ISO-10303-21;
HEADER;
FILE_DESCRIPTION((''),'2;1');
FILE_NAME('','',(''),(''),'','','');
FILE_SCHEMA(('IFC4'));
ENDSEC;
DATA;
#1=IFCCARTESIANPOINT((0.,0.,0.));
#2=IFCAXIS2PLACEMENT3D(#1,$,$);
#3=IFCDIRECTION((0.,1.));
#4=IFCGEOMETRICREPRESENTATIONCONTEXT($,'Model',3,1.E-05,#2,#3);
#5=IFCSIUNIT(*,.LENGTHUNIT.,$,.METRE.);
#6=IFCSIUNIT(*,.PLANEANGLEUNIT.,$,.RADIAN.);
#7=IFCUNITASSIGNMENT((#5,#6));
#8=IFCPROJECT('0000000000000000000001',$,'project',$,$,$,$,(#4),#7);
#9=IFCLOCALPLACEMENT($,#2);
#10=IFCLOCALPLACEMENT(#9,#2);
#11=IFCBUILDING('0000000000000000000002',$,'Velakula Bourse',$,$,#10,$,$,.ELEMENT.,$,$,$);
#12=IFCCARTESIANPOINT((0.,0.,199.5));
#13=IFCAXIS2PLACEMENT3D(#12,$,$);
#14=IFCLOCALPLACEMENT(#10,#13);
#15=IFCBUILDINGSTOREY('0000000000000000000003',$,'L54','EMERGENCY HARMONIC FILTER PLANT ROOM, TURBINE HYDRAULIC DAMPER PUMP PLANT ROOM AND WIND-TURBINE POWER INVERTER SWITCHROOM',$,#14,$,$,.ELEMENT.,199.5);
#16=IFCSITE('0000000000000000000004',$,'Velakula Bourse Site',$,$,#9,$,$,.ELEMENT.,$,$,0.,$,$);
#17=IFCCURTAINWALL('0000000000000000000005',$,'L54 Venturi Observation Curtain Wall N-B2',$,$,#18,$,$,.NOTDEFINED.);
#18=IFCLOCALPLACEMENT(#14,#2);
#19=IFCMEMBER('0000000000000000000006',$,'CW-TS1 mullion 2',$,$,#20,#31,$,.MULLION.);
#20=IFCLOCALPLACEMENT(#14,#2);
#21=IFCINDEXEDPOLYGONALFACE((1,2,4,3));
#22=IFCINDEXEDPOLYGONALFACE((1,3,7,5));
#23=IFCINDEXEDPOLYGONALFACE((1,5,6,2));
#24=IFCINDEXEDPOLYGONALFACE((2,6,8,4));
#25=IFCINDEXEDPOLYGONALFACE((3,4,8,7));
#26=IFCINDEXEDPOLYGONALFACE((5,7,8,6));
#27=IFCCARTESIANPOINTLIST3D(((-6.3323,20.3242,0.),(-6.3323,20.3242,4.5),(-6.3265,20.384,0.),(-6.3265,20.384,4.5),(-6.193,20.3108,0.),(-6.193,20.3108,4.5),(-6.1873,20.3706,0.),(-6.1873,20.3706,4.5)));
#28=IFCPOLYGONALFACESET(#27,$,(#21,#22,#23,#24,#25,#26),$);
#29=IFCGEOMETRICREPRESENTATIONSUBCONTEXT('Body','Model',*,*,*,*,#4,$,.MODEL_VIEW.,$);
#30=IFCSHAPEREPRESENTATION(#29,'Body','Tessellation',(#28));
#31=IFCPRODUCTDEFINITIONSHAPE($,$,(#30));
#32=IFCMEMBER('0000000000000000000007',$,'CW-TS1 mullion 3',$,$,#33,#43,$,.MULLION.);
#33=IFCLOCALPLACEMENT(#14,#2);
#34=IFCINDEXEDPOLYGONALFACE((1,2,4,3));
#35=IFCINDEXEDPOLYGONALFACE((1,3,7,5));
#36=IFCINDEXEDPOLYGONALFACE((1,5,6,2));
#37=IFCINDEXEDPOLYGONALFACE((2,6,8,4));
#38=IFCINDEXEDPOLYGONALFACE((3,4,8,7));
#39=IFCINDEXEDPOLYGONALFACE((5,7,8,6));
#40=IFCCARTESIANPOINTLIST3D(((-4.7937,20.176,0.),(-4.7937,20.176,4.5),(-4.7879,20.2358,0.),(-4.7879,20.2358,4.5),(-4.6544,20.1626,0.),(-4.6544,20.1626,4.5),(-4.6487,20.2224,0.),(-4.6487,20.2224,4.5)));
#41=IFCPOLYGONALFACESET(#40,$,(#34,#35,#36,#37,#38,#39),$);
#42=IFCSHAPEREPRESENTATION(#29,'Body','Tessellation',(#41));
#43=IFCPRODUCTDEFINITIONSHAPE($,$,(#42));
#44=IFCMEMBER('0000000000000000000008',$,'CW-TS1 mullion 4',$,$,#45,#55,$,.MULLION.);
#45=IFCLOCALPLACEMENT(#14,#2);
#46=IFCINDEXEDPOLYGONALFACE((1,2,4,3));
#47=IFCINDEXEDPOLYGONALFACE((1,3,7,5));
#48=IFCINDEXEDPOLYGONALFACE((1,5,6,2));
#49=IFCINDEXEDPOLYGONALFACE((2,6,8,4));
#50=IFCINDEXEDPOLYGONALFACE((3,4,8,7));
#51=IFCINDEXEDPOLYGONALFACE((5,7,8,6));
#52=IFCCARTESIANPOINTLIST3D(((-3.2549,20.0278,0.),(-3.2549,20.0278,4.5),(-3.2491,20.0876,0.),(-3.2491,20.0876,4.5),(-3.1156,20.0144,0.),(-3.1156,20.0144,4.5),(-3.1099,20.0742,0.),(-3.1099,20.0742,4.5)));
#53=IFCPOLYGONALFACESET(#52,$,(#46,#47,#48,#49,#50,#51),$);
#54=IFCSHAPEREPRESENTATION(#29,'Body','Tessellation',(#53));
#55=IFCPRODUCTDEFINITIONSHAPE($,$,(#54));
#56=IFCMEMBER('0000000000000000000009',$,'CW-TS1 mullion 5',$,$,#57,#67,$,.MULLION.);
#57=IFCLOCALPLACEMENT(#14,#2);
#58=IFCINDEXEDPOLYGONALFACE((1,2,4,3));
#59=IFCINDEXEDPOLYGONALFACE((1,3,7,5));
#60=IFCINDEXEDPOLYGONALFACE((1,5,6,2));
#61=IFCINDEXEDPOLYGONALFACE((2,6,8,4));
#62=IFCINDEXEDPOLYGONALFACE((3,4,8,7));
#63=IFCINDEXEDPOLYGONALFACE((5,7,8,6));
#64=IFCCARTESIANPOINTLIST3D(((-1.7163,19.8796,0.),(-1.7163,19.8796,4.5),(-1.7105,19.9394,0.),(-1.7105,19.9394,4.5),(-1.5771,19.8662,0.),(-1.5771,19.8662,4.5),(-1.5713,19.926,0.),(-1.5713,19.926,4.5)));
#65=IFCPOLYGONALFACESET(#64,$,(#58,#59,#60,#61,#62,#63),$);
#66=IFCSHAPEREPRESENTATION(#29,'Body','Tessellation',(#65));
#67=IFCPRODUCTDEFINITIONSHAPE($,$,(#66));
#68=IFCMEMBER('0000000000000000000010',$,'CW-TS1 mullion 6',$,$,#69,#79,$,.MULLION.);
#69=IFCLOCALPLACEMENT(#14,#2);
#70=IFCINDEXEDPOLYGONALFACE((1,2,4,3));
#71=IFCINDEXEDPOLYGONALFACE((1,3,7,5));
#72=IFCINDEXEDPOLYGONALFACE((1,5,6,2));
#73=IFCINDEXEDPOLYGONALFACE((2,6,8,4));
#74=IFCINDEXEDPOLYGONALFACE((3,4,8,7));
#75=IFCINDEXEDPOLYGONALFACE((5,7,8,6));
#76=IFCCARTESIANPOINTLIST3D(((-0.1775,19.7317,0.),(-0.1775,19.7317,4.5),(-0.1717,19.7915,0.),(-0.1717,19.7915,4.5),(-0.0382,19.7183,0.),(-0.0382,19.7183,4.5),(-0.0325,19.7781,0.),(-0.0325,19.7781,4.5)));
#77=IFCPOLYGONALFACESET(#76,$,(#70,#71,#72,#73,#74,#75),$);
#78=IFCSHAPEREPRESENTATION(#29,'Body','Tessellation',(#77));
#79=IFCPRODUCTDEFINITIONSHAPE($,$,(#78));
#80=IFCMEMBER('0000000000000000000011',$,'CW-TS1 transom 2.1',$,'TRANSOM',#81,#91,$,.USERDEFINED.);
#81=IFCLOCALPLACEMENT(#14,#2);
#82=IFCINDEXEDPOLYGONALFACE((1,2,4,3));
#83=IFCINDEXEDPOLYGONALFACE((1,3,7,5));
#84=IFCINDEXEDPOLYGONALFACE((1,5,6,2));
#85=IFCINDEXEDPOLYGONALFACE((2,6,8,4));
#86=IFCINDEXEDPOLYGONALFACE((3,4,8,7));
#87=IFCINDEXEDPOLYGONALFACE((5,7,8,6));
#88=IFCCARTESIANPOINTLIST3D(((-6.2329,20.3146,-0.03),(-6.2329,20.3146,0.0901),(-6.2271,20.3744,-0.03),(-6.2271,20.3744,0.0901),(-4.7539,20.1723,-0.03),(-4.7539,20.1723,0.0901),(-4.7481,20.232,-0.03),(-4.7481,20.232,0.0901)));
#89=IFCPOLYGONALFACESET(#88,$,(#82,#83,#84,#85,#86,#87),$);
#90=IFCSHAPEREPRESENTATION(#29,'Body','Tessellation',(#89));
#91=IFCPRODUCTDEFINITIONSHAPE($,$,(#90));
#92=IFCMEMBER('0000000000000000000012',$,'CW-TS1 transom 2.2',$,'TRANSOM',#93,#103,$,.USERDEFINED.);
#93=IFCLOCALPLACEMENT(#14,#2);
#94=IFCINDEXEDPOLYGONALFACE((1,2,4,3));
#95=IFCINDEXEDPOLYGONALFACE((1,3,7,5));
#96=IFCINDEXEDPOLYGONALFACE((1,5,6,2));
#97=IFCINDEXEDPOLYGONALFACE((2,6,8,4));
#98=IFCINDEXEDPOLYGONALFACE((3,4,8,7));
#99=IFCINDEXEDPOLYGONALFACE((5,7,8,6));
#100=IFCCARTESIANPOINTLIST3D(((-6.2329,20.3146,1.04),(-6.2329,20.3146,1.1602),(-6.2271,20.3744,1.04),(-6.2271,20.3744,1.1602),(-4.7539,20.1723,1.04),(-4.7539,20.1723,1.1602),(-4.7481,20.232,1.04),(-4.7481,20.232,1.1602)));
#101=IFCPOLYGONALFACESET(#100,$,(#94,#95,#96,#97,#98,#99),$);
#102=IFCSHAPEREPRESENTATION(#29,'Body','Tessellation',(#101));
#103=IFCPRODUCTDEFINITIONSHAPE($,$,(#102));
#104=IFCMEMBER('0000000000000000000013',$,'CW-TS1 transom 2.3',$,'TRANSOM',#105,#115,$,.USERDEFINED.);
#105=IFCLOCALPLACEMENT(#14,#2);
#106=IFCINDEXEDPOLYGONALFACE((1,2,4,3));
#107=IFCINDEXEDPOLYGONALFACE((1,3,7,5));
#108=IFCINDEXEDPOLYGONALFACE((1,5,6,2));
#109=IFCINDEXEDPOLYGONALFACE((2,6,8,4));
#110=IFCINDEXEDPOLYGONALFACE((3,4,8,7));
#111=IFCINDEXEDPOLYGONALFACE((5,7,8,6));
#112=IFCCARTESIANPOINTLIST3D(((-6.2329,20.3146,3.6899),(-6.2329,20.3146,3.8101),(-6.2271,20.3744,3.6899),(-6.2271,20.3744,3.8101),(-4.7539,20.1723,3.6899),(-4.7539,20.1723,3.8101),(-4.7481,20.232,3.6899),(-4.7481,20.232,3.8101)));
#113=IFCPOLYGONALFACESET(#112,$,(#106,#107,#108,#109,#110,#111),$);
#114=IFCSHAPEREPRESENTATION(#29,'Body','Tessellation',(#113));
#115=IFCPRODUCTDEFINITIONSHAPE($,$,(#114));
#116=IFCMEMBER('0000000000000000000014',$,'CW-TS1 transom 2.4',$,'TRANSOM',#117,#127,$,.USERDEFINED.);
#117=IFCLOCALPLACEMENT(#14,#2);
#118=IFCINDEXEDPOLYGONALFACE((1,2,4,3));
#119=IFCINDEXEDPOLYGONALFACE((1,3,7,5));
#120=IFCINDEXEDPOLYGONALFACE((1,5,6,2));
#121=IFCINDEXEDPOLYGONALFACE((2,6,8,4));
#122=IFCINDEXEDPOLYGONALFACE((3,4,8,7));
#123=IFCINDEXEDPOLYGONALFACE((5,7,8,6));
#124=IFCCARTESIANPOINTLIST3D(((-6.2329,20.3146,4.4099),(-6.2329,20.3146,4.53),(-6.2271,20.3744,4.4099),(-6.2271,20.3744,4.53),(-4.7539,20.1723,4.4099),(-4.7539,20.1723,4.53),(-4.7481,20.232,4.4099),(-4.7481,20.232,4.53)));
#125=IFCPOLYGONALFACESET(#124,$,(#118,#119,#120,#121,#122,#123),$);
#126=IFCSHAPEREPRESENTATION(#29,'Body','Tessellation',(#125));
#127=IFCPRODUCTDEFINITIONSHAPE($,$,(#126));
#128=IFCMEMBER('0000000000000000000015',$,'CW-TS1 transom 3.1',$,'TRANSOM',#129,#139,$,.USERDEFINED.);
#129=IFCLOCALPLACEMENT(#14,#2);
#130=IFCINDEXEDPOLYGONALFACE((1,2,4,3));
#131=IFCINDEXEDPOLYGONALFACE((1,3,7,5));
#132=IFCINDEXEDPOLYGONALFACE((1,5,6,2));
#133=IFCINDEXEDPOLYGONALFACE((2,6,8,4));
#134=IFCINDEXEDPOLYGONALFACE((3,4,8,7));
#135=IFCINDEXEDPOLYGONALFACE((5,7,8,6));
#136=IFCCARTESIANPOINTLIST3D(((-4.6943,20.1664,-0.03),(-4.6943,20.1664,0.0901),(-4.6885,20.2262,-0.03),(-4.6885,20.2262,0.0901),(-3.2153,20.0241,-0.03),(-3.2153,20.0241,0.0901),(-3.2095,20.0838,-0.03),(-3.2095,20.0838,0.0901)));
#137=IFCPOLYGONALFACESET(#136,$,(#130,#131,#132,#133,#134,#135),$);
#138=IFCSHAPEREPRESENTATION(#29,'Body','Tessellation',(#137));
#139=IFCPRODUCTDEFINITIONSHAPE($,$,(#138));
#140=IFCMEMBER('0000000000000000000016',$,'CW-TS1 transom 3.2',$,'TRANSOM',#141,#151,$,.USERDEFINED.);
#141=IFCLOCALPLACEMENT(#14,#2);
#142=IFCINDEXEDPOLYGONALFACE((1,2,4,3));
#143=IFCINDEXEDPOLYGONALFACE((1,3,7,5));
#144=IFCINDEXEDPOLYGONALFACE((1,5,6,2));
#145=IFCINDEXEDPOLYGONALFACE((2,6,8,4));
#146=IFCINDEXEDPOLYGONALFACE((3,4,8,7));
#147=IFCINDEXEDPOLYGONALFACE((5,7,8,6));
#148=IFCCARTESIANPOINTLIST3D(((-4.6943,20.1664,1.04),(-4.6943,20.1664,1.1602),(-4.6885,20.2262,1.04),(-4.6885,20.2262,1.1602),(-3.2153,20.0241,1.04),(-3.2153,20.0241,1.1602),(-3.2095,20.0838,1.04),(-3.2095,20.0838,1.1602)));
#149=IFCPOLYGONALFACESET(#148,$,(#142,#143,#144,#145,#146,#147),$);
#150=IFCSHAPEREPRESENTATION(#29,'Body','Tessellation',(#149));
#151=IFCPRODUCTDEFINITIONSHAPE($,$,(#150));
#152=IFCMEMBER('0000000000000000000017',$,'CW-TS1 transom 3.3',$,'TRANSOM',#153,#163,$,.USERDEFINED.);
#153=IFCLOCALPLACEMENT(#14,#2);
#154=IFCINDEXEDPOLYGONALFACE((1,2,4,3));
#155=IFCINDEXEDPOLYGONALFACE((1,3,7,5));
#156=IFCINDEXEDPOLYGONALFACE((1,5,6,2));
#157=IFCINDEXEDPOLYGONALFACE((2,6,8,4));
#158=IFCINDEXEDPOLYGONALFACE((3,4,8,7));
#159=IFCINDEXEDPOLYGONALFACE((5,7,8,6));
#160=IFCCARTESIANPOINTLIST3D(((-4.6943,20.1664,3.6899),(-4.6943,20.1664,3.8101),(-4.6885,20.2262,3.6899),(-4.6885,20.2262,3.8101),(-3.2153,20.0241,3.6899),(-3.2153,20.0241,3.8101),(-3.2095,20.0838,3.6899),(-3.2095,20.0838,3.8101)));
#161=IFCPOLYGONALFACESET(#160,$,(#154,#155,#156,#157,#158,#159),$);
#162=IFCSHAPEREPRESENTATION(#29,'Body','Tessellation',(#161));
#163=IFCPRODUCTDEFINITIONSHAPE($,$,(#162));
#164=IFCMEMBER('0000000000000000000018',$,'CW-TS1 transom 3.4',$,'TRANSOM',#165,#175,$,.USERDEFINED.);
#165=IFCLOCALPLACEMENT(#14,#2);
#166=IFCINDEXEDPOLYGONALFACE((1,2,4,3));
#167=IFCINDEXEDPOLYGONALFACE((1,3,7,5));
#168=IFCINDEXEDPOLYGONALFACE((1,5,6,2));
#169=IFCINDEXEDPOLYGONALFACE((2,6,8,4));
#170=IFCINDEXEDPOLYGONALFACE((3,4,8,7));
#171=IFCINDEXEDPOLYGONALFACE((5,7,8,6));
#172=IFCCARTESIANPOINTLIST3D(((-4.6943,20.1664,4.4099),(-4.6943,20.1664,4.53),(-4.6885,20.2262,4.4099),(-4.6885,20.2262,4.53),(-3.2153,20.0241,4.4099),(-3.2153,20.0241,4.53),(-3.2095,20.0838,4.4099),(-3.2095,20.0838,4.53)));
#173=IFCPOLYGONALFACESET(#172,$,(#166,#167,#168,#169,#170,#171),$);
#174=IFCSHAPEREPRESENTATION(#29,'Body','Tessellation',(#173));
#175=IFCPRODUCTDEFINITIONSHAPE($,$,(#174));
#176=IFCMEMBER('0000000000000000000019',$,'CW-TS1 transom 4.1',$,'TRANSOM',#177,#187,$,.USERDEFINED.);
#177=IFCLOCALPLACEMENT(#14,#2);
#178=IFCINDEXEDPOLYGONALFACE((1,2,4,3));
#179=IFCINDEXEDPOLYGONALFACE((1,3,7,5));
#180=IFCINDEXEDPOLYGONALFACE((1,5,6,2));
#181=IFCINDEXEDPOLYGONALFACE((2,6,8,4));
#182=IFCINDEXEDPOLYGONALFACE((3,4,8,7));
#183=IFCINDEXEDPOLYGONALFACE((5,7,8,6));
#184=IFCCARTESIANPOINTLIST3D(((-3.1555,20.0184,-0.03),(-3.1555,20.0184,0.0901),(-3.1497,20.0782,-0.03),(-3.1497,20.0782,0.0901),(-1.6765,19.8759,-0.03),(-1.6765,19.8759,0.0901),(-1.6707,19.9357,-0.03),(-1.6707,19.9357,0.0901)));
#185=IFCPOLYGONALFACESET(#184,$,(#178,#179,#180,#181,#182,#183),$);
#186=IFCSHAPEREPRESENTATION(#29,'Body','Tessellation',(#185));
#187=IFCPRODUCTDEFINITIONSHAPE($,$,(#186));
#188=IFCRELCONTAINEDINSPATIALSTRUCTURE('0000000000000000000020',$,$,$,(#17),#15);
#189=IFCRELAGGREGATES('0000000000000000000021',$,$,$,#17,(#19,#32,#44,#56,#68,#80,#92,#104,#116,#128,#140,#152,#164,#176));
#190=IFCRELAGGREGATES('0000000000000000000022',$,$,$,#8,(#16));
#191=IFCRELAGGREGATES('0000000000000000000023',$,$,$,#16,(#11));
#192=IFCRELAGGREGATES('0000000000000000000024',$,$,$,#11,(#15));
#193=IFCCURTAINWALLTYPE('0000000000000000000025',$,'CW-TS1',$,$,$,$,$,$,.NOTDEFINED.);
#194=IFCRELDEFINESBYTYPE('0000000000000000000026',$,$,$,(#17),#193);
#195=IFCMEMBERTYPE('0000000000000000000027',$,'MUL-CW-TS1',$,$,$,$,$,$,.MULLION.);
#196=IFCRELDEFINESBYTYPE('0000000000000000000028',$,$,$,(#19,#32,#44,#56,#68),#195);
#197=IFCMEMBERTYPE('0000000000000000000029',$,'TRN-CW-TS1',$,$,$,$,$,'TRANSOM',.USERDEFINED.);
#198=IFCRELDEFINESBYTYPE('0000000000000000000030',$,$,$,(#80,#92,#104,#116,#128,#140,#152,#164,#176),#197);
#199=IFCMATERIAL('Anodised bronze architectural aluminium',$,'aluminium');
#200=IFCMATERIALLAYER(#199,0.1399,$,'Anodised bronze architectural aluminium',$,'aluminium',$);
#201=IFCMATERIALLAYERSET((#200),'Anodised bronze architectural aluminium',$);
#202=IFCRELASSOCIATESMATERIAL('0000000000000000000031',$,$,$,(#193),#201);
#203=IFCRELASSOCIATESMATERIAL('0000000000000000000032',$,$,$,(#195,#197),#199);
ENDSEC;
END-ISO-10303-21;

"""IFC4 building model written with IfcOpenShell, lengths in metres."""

from ifc_helpers import new_model, si_unit, direction, frame, origin, origin_2d, place, context, subcontext, project, spatial, rectangle, extrude, material, layer, layer_set, material_profile, profile_set, type_object, element, aggregate, save


model = new_model("IFC4")

# Units and contexts
model_context = context("Model", 3, precision=1e-05, world=origin(), true_north=direction((0.0, 1.0)))
body_context = subcontext(model_context, "Body", "Model", "MODEL_VIEW")
ifc_project = project(units=[si_unit("LENGTHUNIT", "METRE"), si_unit("PLANEANGLEUNIT", "RADIAN")], contexts=[model_context])

# Site, building, storey
site_placement = place(None, origin())
site = spatial("IfcSite", under=ifc_project, at=site_placement, Name="Velakula Bourse Site", CompositionType="ELEMENT", RefElevation=0.0)
building_placement = place(site_placement, origin())
building = spatial("IfcBuilding", under=site, at=building_placement, Name="Velakula Bourse", CompositionType="ELEMENT")
storey_placement = place(building_placement, frame((0.0, 0.0, 199.5)))
storey = spatial("IfcBuildingStorey", under=building, at=storey_placement, Name="L54", Description="EMERGENCY HARMONIC FILTER PLANT ROOM, TURBINE HYDRAULIC DAMPER PUMP PLANT ROOM AND WIND-TURBINE POWER INVERTER SWITCHROOM", CompositionType="ELEMENT", Elevation=199.5)

# Curtain wall, members
ifc_material_1 = material(Name="Anodised bronze architectural aluminium", Category="aluminium")
ifc_layer_1 = layer(ifc_material_1, 0.1399, Name="Anodised bronze architectural aluminium", Category="aluminium")
ifc_layer_set_1 = layer_set([ifc_layer_1], Name="Anodised bronze architectural aluminium")
curtain_wall_type = type_object("IfcCurtainWallType", Name="CW-TS1", PredefinedType="NOTDEFINED", material=ifc_layer_set_1)
curtain_wall_placement = place(storey_placement, origin())
curtain_wall = element("IfcCurtainWall", 1, at=curtain_wall_placement, inside=storey, type_object=curtain_wall_type, Name="L54 Venturi Observation Curtain Wall N-B2", PredefinedType="NOTDEFINED")
ifc_material_profile_1 = material_profile(ifc_material_1, rectangle(XDim=0.0601, YDim=0.1399, at=origin_2d()), Name="Anodised bronze architectural aluminium")
ifc_profile_set_1 = profile_set([ifc_material_profile_1], Name="Anodised bronze architectural aluminium")
member_type_1 = type_object("IfcMemberType", Name="MUL-CW-TS1", PredefinedType="MULLION", material=ifc_profile_set_1)
member_1_placement = place(storey_placement, frame((-6.2598, 20.3474, 0.0), z_axis=(0.0, 0.0, 1.0), x_axis=(0.095849, 0.995396, 0.0)))
member_1 = element("IfcMember", 2, at=member_1_placement, type_object=member_type_1, Name="CW-TS1 mullion 2", PredefinedType="MULLION", context=body_context, shape_type="SweptSolid", body=[
    extrude(rectangle(XDim=0.0601, YDim=0.1399, at=origin_2d()), origin(), (0.0, 0.0, 1.0), 4.5),
])
member_2_placement = place(storey_placement, frame((-4.7212, 20.1992, 0.0), z_axis=(0.0, 0.0, 1.0), x_axis=(0.095849, 0.995396, 0.0)))
member_2 = element("IfcMember", 3, at=member_2_placement, type_object=member_type_1, Name="CW-TS1 mullion 3", PredefinedType="MULLION", context=body_context, shape_type="SweptSolid", body=[
    extrude(rectangle(XDim=0.0601, YDim=0.1399, at=origin_2d()), origin(), (0.0, 0.0, 1.0), 4.5),
])
member_3_placement = place(storey_placement, frame((-3.1824, 20.051, 0.0), z_axis=(0.0, 0.0, 1.0), x_axis=(0.095849, 0.995396, 0.0)))
member_3 = element("IfcMember", 4, at=member_3_placement, type_object=member_type_1, Name="CW-TS1 mullion 4", PredefinedType="MULLION", context=body_context, shape_type="SweptSolid", body=[
    extrude(rectangle(XDim=0.0601, YDim=0.1399, at=origin_2d()), origin(), (0.0, 0.0, 1.0), 4.5),
])
member_4_placement = place(storey_placement, frame((-1.6438, 19.9028, 0.0), z_axis=(0.0, 0.0, 1.0), x_axis=(0.095849, 0.995396, 0.0)))
member_4 = element("IfcMember", 5, at=member_4_placement, type_object=member_type_1, Name="CW-TS1 mullion 5", PredefinedType="MULLION", context=body_context, shape_type="SweptSolid", body=[
    extrude(rectangle(XDim=0.0601, YDim=0.1399, at=origin_2d()), origin(), (0.0, 0.0, 1.0), 4.5),
])
member_5_placement = place(storey_placement, frame((-0.105, 19.7549, 0.0), z_axis=(0.0, 0.0, 1.0), x_axis=(0.095849, 0.995396, 0.0)))
member_5 = element("IfcMember", 6, at=member_5_placement, type_object=member_type_1, Name="CW-TS1 mullion 6", PredefinedType="MULLION", context=body_context, shape_type="SweptSolid", body=[
    extrude(rectangle(XDim=0.0601, YDim=0.1399, at=origin_2d()), origin(), (0.0, 0.0, 1.0), 4.5),
])
ifc_material_profile_2 = material_profile(ifc_material_1, rectangle(XDim=0.0601, YDim=0.1201, at=origin_2d()), Name="Anodised bronze architectural aluminium")
ifc_profile_set_2 = profile_set([ifc_material_profile_2], Name="Anodised bronze architectural aluminium")
member_type_2 = type_object("IfcMemberType", Name="TRN-CW-TS1", ElementType="TRANSOM", PredefinedType="USERDEFINED", material=ifc_profile_set_2)
member_6_placement = place(storey_placement, frame((-6.23, 20.3445, 0.03), z_axis=(0.995401, -0.095794, 0.0), x_axis=(0.095794, 0.995401, 0.0)))
member_6 = element("IfcMember", 7, at=member_6_placement, type_object=member_type_2, Name="CW-TS1 transom 2.1", ObjectType="TRANSOM", PredefinedType="USERDEFINED", context=body_context, shape_type="SweptSolid", body=[
    extrude(rectangle(XDim=0.0601, YDim=0.1201, at=origin_2d()), origin(), (0.0, 0.0, 1.0), 1.4858),
])
member_7_placement = place(storey_placement, frame((-6.23, 20.3445, 1.1001), z_axis=(0.995401, -0.095794, 0.0), x_axis=(0.095794, 0.995401, 0.0)))
member_7 = element("IfcMember", 8, at=member_7_placement, type_object=member_type_2, Name="CW-TS1 transom 2.2", ObjectType="TRANSOM", PredefinedType="USERDEFINED", context=body_context, shape_type="SweptSolid", body=[
    extrude(rectangle(XDim=0.0601, YDim=0.1201, at=origin_2d()), origin(), (0.0, 0.0, 1.0), 1.4858),
])
member_8_placement = place(storey_placement, frame((-6.23, 20.3445, 3.75), z_axis=(0.995401, -0.095794, 0.0), x_axis=(0.095794, 0.995401, 0.0)))
member_8 = element("IfcMember", 9, at=member_8_placement, type_object=member_type_2, Name="CW-TS1 transom 2.3", ObjectType="TRANSOM", PredefinedType="USERDEFINED", context=body_context, shape_type="SweptSolid", body=[
    extrude(rectangle(XDim=0.0601, YDim=0.1201, at=origin_2d()), origin(), (0.0, 0.0, 1.0), 1.4858),
])
member_9_placement = place(storey_placement, frame((-6.23, 20.3445, 4.47), z_axis=(0.995401, -0.095794, 0.0), x_axis=(0.095794, 0.995401, 0.0)))
member_9 = element("IfcMember", 10, at=member_9_placement, type_object=member_type_2, Name="CW-TS1 transom 2.4", ObjectType="TRANSOM", PredefinedType="USERDEFINED", context=body_context, shape_type="SweptSolid", body=[
    extrude(rectangle(XDim=0.0601, YDim=0.1201, at=origin_2d()), origin(), (0.0, 0.0, 1.0), 1.4858),
])
member_10_placement = place(storey_placement, frame((-4.6914, 20.1963, 0.03), z_axis=(0.995401, -0.095794, 0.0), x_axis=(0.095794, 0.995401, 0.0)))
member_10 = element("IfcMember", 11, at=member_10_placement, type_object=member_type_2, Name="CW-TS1 transom 3.1", ObjectType="TRANSOM", PredefinedType="USERDEFINED", context=body_context, shape_type="SweptSolid", body=[
    extrude(rectangle(XDim=0.0601, YDim=0.1201, at=origin_2d()), origin(), (0.0, 0.0, 1.0), 1.4858),
])
member_11_placement = place(storey_placement, frame((-4.6914, 20.1963, 1.1001), z_axis=(0.995401, -0.095794, 0.0), x_axis=(0.095794, 0.995401, 0.0)))
member_11 = element("IfcMember", 12, at=member_11_placement, type_object=member_type_2, Name="CW-TS1 transom 3.2", ObjectType="TRANSOM", PredefinedType="USERDEFINED", context=body_context, shape_type="SweptSolid", body=[
    extrude(rectangle(XDim=0.0601, YDim=0.1201, at=origin_2d()), origin(), (0.0, 0.0, 1.0), 1.4858),
])
member_12_placement = place(storey_placement, frame((-4.6914, 20.1963, 3.75), z_axis=(0.995401, -0.095794, 0.0), x_axis=(0.095794, 0.995401, 0.0)))
member_12 = element("IfcMember", 13, at=member_12_placement, type_object=member_type_2, Name="CW-TS1 transom 3.3", ObjectType="TRANSOM", PredefinedType="USERDEFINED", context=body_context, shape_type="SweptSolid", body=[
    extrude(rectangle(XDim=0.0601, YDim=0.1201, at=origin_2d()), origin(), (0.0, 0.0, 1.0), 1.4858),
])
member_13_placement = place(storey_placement, frame((-4.6914, 20.1963, 4.47), z_axis=(0.995401, -0.095794, 0.0), x_axis=(0.095794, 0.995401, 0.0)))
member_13 = element("IfcMember", 14, at=member_13_placement, type_object=member_type_2, Name="CW-TS1 transom 3.4", ObjectType="TRANSOM", PredefinedType="USERDEFINED", context=body_context, shape_type="SweptSolid", body=[
    extrude(rectangle(XDim=0.0601, YDim=0.1201, at=origin_2d()), origin(), (0.0, 0.0, 1.0), 1.4858),
])
member_14_placement = place(storey_placement, frame((-3.1526, 20.0483, 0.03), z_axis=(0.995386, -0.095957, 0.0), x_axis=(0.095957, 0.995386, 0.0)))
member_14 = element("IfcMember", 15, at=member_14_placement, type_object=member_type_2, Name="CW-TS1 transom 4.1", ObjectType="TRANSOM", PredefinedType="USERDEFINED", context=body_context, shape_type="SweptSolid", body=[
    extrude(rectangle(XDim=0.0601, YDim=0.1201, at=origin_2d()), origin(), (0.0, 0.0, 1.0), 1.4858),
])
aggregate(curtain_wall, [member_1, member_2, member_3, member_4, member_5, member_6, member_7, member_8, member_9, member_10, member_11, member_12, member_13, member_14])

save(model, "model.ifc")
